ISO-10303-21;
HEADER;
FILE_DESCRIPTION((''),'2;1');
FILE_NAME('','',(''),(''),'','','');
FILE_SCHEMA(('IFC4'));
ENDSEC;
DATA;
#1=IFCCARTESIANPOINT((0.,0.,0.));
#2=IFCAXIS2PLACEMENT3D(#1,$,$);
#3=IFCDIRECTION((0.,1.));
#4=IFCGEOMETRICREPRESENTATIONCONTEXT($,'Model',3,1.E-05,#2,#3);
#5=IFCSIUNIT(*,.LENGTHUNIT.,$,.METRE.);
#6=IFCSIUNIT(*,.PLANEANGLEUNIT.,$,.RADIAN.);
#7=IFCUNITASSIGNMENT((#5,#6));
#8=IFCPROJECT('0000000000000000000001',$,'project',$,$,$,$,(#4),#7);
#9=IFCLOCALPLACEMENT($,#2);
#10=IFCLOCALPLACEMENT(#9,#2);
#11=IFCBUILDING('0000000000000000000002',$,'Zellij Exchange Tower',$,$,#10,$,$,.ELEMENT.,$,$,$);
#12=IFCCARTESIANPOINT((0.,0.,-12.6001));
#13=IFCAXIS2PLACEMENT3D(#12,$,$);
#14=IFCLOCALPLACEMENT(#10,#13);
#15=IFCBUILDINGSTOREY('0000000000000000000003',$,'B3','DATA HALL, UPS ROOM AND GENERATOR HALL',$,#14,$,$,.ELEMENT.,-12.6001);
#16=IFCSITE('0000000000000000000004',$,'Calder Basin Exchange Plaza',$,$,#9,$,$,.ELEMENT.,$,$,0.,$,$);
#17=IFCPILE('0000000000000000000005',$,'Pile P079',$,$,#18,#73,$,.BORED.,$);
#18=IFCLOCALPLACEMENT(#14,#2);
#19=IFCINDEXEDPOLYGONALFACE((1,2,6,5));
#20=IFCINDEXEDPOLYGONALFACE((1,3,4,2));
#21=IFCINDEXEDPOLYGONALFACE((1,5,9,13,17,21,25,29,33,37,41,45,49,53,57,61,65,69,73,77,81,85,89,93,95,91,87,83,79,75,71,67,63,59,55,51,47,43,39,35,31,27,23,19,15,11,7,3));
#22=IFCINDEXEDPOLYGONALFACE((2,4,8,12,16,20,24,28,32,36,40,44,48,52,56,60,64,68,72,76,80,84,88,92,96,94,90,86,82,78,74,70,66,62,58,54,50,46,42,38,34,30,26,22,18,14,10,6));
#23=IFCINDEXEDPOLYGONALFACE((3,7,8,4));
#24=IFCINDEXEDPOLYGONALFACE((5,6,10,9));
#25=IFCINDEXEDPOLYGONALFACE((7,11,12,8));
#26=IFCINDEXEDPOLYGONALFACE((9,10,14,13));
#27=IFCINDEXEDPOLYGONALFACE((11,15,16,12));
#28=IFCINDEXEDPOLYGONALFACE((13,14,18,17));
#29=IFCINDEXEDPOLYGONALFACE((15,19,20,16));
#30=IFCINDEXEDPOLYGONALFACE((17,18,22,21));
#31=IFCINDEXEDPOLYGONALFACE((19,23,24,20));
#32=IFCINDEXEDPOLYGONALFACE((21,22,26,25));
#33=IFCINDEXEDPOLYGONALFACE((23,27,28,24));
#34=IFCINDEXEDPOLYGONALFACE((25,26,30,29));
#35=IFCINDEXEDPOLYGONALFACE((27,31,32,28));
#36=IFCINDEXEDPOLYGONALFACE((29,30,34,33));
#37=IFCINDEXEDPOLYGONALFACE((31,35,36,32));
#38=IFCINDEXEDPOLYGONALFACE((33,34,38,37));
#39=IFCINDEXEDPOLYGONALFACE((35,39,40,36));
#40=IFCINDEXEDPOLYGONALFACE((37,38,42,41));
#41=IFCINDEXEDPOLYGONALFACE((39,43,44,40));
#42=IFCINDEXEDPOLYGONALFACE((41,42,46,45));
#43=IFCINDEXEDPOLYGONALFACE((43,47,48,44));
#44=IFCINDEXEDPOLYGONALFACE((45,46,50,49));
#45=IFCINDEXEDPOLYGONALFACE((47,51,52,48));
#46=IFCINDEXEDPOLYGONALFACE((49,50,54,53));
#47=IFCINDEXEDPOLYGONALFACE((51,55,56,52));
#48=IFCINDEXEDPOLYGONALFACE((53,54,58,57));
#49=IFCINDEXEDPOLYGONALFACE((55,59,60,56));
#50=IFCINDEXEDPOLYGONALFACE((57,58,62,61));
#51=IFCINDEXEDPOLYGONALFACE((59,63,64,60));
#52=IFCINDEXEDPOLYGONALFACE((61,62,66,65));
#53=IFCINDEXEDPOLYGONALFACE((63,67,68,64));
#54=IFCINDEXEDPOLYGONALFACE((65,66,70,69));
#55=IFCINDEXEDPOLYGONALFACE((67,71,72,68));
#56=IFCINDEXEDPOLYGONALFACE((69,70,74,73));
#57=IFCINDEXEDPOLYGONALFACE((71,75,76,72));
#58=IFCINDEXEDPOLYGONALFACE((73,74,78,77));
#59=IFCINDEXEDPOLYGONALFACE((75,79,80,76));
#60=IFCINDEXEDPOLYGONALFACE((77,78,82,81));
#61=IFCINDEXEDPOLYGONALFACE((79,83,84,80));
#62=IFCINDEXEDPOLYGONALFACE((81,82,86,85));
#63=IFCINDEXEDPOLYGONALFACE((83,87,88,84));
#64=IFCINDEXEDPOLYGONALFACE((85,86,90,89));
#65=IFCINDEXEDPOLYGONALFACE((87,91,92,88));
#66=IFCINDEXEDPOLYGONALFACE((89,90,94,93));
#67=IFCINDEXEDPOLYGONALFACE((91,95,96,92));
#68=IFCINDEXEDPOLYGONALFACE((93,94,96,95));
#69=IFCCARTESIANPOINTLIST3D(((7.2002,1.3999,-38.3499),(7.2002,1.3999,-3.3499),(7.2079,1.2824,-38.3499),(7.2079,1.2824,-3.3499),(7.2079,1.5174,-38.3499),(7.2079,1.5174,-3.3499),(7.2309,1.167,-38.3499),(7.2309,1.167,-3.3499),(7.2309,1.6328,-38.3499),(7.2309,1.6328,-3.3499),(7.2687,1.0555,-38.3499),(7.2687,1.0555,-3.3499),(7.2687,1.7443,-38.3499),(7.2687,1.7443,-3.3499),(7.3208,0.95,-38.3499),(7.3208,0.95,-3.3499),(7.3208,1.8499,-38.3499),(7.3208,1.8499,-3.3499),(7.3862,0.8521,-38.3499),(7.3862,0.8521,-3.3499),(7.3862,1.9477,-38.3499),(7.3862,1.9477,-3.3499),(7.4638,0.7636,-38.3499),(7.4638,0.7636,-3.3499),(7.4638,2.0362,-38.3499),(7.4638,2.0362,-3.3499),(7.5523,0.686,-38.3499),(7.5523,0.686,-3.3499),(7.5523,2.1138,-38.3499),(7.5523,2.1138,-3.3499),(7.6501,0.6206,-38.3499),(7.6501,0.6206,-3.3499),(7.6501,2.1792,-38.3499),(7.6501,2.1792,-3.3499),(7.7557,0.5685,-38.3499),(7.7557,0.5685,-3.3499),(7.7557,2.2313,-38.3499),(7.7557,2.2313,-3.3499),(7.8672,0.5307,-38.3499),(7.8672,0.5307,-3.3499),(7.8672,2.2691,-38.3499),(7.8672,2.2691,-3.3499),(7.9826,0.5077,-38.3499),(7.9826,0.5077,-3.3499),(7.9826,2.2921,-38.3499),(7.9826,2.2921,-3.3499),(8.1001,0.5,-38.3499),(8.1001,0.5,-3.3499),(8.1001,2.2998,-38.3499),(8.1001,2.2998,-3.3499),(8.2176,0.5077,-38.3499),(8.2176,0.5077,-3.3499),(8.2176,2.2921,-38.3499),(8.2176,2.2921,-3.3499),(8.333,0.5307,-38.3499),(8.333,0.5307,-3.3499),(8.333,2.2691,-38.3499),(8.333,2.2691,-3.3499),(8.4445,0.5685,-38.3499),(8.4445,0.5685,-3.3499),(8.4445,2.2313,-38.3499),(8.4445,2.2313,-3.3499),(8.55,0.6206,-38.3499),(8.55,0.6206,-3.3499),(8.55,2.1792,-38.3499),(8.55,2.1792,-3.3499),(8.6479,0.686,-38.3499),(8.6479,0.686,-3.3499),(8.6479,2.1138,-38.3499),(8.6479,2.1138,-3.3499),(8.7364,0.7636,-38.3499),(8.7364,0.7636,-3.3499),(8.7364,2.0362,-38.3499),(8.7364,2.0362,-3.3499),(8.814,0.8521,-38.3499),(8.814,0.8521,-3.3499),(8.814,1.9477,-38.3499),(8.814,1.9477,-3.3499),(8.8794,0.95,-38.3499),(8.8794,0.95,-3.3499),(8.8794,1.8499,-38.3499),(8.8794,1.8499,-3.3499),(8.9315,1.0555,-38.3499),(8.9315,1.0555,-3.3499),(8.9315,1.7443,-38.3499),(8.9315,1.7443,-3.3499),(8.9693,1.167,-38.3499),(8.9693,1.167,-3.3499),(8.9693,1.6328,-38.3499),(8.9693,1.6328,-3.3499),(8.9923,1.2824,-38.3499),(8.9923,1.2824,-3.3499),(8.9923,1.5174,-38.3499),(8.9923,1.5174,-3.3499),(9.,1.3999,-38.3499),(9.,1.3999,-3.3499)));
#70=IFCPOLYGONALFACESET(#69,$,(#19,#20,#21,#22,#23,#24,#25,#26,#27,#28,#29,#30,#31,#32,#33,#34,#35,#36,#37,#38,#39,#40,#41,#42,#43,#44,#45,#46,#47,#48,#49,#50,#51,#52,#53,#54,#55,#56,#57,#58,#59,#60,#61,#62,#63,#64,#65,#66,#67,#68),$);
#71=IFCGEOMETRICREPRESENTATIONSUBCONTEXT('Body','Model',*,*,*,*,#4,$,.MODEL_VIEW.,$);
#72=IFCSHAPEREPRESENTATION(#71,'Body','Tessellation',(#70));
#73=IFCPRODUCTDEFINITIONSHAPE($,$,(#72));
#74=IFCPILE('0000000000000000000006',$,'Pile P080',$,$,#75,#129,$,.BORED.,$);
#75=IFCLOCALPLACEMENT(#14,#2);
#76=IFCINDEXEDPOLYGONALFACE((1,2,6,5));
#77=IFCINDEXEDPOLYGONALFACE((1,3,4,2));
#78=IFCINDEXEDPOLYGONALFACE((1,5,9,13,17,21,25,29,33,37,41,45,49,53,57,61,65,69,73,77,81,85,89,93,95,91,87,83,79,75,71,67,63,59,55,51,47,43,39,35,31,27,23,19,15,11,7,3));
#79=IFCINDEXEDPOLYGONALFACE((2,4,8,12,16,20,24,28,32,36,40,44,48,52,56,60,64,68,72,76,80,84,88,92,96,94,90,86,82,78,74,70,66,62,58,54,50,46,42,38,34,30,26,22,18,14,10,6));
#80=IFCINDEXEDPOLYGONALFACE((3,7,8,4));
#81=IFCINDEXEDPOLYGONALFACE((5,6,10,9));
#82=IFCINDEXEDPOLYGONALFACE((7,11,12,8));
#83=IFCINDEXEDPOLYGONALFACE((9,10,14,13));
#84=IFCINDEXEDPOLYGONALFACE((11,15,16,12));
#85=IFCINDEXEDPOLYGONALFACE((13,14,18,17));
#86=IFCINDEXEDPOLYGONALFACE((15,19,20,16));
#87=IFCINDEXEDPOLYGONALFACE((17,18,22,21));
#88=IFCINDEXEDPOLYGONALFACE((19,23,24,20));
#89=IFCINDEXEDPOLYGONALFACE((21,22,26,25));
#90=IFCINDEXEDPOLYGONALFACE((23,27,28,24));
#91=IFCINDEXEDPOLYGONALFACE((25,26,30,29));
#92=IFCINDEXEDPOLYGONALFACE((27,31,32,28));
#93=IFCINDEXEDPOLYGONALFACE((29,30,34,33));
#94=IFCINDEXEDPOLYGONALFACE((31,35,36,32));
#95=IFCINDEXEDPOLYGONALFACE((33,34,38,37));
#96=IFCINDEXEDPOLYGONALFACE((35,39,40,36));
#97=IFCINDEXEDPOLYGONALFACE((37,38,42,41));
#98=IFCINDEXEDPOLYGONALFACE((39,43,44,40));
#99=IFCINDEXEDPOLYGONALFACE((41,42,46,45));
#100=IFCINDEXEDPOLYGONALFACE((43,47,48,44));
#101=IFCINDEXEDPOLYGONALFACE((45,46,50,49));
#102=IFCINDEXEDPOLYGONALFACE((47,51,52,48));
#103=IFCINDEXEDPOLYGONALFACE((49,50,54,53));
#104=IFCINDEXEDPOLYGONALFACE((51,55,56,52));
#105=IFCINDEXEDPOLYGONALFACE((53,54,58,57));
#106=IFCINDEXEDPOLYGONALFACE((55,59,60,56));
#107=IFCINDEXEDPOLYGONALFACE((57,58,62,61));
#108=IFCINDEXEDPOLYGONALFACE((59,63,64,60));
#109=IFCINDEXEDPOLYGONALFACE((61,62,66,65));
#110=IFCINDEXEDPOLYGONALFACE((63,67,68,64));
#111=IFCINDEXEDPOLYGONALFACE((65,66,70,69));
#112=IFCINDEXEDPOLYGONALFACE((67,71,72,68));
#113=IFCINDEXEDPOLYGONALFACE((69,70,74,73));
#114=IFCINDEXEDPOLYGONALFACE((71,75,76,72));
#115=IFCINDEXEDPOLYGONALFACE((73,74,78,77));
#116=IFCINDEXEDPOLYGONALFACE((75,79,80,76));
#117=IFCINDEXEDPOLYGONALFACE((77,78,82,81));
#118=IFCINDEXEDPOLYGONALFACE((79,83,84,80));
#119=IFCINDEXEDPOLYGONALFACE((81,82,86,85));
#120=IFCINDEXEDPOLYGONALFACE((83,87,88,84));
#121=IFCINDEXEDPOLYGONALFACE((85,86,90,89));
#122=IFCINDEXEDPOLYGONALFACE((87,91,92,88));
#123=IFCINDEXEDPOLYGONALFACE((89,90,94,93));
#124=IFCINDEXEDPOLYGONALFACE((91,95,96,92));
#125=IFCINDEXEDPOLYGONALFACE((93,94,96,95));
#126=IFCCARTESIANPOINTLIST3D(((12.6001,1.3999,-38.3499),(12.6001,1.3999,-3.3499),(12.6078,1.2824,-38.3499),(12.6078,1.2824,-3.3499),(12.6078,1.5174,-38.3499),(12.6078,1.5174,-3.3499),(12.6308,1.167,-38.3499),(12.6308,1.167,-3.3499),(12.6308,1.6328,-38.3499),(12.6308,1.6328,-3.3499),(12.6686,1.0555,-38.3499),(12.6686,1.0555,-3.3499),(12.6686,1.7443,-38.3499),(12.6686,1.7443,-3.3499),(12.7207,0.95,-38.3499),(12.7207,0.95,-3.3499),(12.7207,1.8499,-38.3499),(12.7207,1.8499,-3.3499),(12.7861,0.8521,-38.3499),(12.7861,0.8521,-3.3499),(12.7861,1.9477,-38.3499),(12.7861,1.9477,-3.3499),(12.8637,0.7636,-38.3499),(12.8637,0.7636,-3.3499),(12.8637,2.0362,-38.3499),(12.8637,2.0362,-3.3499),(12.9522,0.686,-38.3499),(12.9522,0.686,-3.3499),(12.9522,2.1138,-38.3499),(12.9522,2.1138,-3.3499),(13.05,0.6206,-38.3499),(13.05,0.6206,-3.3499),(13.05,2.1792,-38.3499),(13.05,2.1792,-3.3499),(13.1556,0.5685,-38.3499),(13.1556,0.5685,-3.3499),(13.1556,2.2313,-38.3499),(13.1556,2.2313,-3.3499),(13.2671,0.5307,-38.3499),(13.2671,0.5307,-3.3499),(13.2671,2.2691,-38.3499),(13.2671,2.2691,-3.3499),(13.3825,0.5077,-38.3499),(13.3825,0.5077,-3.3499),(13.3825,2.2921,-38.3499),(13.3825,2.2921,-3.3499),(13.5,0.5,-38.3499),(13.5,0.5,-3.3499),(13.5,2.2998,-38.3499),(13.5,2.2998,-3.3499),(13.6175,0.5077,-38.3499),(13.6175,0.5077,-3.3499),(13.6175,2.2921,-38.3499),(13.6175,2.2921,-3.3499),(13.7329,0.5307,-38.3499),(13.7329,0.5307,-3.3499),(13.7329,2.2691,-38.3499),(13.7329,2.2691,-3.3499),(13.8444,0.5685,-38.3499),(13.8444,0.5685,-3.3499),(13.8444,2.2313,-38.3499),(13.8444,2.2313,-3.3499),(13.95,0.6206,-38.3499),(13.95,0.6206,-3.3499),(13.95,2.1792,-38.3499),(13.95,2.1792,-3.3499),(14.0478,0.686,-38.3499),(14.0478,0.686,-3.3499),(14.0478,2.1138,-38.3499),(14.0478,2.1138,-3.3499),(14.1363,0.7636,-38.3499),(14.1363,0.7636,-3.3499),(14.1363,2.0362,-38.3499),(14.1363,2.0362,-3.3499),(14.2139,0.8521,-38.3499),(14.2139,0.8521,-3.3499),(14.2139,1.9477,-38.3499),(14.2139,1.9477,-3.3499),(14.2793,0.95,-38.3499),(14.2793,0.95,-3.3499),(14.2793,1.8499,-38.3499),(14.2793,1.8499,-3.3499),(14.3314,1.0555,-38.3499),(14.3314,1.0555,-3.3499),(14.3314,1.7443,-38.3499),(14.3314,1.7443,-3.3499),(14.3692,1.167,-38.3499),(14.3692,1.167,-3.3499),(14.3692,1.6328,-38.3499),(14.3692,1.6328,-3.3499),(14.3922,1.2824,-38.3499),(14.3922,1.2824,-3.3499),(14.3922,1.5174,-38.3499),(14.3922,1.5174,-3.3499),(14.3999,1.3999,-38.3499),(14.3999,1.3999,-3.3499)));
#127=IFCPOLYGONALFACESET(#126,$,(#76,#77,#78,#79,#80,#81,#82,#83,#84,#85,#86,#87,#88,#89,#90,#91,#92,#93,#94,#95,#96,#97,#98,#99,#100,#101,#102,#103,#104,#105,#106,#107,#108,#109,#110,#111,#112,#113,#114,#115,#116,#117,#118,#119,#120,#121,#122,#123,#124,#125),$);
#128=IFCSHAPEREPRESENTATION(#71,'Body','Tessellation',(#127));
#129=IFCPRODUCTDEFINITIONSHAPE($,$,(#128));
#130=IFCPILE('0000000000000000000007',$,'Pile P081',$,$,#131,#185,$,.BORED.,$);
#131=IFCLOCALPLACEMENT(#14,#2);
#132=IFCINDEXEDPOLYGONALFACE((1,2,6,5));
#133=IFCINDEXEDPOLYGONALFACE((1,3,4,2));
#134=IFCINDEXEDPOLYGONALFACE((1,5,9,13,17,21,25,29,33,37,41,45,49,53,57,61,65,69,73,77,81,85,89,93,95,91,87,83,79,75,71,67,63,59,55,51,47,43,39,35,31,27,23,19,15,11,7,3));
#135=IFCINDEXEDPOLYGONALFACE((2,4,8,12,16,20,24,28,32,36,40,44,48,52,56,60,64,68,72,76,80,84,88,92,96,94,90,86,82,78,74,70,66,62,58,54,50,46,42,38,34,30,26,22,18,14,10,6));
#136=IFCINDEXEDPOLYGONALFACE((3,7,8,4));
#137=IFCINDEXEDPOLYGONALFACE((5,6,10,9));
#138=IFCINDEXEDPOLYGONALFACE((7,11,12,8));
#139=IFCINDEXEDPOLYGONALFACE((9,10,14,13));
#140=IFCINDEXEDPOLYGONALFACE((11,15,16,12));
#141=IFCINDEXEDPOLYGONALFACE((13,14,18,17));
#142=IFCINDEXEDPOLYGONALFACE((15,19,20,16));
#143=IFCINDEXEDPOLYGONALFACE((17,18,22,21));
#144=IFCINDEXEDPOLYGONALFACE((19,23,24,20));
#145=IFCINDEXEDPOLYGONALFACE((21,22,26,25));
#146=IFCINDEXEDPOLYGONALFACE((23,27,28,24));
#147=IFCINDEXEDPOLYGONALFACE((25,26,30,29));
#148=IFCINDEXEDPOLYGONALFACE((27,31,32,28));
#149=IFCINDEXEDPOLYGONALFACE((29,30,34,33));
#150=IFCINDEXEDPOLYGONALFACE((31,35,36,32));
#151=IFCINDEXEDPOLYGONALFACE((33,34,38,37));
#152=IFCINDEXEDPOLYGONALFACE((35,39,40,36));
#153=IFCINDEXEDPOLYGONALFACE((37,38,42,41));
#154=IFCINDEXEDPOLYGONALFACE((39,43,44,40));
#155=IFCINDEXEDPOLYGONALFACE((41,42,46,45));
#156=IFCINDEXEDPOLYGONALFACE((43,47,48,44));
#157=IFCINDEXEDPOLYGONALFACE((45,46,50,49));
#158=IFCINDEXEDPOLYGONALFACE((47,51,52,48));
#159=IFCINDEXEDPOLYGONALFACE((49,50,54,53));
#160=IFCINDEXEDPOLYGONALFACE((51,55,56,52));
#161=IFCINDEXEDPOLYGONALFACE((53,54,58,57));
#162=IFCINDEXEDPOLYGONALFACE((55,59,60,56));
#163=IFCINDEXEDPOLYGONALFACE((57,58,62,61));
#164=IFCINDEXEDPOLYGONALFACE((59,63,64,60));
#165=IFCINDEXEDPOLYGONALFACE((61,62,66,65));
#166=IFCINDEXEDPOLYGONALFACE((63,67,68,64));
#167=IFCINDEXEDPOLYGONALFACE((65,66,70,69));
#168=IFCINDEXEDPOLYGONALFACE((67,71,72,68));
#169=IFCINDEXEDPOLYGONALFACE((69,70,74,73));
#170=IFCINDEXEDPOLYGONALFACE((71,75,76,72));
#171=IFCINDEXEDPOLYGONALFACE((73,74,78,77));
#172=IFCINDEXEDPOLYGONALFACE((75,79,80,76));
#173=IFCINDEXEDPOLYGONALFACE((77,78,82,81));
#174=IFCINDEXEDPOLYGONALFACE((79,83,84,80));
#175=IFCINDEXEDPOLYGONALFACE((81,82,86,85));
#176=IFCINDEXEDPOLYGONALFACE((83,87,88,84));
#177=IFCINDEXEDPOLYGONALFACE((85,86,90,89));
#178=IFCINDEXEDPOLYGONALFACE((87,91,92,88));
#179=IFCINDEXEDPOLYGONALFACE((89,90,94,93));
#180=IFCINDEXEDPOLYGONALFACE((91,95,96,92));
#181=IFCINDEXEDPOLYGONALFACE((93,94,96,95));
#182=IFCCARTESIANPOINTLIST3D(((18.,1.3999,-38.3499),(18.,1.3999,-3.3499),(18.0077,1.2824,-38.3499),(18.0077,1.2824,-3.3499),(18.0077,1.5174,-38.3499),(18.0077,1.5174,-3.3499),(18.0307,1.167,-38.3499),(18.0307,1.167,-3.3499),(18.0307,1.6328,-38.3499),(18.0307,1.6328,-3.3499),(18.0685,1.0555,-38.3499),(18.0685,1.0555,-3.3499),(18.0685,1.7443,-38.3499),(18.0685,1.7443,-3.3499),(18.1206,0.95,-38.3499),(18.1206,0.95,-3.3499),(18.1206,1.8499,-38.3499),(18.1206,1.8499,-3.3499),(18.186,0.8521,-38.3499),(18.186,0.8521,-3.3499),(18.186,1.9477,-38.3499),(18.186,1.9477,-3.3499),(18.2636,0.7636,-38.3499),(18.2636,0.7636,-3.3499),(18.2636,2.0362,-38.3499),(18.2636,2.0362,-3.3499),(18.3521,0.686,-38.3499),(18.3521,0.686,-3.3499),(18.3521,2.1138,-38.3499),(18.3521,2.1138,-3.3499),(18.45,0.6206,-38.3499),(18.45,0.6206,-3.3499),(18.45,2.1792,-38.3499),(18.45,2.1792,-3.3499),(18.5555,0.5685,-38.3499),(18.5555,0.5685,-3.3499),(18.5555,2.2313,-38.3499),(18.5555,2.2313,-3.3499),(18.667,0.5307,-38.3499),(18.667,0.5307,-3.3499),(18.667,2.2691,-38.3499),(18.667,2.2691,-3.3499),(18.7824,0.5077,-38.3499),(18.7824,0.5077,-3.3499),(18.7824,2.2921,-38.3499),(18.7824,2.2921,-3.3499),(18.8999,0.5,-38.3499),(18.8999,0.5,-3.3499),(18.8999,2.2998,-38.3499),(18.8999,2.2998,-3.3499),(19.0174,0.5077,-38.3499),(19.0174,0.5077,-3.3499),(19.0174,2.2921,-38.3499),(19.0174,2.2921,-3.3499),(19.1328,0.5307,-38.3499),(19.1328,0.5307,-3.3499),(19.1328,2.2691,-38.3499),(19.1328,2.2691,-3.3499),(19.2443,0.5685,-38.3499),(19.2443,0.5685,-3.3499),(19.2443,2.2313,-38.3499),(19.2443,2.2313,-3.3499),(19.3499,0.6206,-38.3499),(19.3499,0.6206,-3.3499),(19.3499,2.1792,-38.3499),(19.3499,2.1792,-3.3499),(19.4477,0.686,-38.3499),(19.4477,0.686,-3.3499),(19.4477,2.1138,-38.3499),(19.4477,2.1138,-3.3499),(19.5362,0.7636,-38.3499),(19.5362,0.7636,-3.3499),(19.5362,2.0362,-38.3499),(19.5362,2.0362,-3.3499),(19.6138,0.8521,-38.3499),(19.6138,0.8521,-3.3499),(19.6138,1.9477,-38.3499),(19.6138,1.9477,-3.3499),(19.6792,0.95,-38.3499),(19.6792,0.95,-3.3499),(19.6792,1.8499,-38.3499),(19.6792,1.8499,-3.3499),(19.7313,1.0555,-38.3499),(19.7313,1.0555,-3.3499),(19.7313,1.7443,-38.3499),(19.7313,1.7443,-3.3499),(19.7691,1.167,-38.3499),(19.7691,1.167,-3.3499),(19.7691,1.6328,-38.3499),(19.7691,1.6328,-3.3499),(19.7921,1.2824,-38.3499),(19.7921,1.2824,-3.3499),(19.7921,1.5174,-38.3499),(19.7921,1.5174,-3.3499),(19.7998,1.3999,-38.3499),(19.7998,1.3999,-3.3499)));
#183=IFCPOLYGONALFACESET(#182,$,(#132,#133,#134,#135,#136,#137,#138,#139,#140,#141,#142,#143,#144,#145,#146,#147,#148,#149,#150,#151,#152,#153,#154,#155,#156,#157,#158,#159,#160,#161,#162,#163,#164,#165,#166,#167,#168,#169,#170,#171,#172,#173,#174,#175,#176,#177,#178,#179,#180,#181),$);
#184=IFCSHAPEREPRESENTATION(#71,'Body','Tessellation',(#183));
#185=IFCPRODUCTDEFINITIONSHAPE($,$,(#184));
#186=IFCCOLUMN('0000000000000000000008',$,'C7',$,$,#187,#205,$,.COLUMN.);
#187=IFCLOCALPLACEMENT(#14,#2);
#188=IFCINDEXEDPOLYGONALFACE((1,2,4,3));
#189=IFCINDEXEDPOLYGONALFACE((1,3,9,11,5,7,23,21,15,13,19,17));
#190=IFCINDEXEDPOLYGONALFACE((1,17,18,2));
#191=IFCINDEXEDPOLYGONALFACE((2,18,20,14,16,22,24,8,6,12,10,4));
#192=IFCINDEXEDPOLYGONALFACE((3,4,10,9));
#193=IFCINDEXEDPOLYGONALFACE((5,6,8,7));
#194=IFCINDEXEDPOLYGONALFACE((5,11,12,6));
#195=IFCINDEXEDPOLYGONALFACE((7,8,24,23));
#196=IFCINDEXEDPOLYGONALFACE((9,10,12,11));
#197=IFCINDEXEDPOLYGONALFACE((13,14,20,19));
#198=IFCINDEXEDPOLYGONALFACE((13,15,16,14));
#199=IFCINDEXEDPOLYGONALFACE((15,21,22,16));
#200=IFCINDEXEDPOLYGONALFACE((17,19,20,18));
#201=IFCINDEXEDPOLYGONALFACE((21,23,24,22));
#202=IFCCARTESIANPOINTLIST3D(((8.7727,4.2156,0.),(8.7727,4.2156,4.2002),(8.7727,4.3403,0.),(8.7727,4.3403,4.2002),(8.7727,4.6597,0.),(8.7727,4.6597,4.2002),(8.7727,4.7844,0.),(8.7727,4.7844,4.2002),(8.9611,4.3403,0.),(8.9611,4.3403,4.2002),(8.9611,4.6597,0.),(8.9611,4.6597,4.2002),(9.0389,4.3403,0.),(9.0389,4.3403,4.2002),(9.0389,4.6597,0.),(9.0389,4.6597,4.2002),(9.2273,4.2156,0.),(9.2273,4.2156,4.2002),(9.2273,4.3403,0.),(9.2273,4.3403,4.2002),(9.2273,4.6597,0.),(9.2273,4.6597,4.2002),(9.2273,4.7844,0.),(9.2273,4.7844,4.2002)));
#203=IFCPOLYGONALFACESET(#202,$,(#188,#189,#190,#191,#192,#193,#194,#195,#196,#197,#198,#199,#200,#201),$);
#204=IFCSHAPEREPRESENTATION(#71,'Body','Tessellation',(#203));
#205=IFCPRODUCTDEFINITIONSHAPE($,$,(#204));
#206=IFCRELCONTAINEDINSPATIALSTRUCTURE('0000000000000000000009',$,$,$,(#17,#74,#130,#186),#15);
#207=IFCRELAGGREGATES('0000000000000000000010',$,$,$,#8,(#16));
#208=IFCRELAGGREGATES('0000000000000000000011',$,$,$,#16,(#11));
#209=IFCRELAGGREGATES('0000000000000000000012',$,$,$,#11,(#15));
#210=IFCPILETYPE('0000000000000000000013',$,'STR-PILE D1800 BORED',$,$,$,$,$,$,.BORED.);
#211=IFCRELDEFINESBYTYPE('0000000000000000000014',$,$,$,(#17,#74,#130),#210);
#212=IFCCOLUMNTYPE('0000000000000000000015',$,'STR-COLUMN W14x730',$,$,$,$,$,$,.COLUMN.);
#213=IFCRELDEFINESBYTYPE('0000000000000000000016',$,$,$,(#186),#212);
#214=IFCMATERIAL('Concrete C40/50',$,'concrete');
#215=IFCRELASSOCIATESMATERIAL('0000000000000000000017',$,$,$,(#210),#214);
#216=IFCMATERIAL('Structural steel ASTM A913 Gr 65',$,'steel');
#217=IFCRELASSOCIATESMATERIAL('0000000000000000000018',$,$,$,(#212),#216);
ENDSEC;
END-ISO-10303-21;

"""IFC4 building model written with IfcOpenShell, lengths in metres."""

from ifc_helpers import new_model, si_unit, direction, frame, origin, origin_2d, place, context, subcontext, project, spatial, circle, i_section, extrude, material, material_profile, profile_set, type_object, element, save


model = new_model("IFC4")

# Units and contexts
model_context = context("Model", 3, precision=1e-05, world=origin(), true_north=direction((0.0, 1.0)))
body_context = subcontext(model_context, "Body", "Model", "MODEL_VIEW")
ifc_project = project(units=[si_unit("LENGTHUNIT", "METRE"), si_unit("PLANEANGLEUNIT", "RADIAN")], contexts=[model_context])

# Site, building, storey
site_placement = place(None, origin())
site = spatial("IfcSite", under=ifc_project, at=site_placement, Name="Calder Basin Exchange Plaza", CompositionType="ELEMENT", RefElevation=0.0)
building_placement = place(site_placement, origin())
building = spatial("IfcBuilding", under=site, at=building_placement, Name="Zellij Exchange Tower", CompositionType="ELEMENT")
storey_placement = place(building_placement, frame((0.0, 0.0, -12.6001)))
storey = spatial("IfcBuildingStorey", under=building, at=storey_placement, Name="B3", Description="DATA HALL, UPS ROOM AND GENERATOR HALL", CompositionType="ELEMENT", Elevation=-12.6001)

# Piles
ifc_material_1 = material(Name="Concrete C40/50", Category="concrete")
ifc_material_profile_1 = material_profile(ifc_material_1, circle(Radius=0.8999, at=origin_2d()), Name="STR-PILE D1800 BORED")
ifc_profile_set_1 = profile_set([ifc_material_profile_1], Name="Concrete C40/50")
pile_type = type_object("IfcPileType", Name="STR-PILE D1800 BORED", PredefinedType="BORED", material=ifc_profile_set_1)
for number, where, z_axis, x_axis, name in (
    (1, (8.1001, 1.3999, -3.3499), (0.0, 0.0, -1.0), (1.0, 0.0, 0.0), "Pile P079"),
    (2, (13.5, 1.3999, -3.3499), (0.0, 0.0, -1.0), (1.0, 0.0, 0.0), "Pile P080"),
    (3, (18.8999, 1.3999, -3.3499), (0.0, 0.0, -1.0), (1.0, 0.0, 0.0), "Pile P081"),
):
    element("IfcPile", number, at=place(storey_placement, frame(where, z_axis=z_axis, x_axis=x_axis)), inside=storey, type_object=pile_type, Name=name, PredefinedType="BORED", context=body_context, shape_type="SweptSolid", body=[
        extrude(circle(Radius=0.8999, at=origin_2d()), origin(), (0.0, 0.0, 1.0), 35.0),
    ])

# Column
ifc_material_2 = material(Name="Structural steel ASTM A913 Gr 65", Category="steel")
ifc_material_profile_2 = material_profile(ifc_material_2, i_section(OverallWidth=0.4546, OverallDepth=0.5688, WebThickness=0.0779, FlangeThickness=0.1248, at=origin_2d()), Name="W14x730")
ifc_profile_set_2 = profile_set([ifc_material_profile_2], Name="Structural steel ASTM A913 Gr 65")
column_type = type_object("IfcColumnType", Name="STR-COLUMN W14x730", PredefinedType="COLUMN", material=ifc_profile_set_2)
for number, where, z_axis, x_axis, name in (
    (4, (9.0, 4.5, 0.0), (0.0, 0.0, 1.0), (1.0, 0.0, 0.0), "C7"),
):
    element("IfcColumn", number, at=place(storey_placement, frame(where, z_axis=z_axis, x_axis=x_axis)), inside=storey, type_object=column_type, Name=name, PredefinedType="COLUMN", context=body_context, shape_type="SweptSolid", body=[
        extrude(i_section(OverallWidth=0.4546, OverallDepth=0.5688, WebThickness=0.0779, FlangeThickness=0.1248, at=origin_2d()), origin(), (0.0, 0.0, 1.0), 4.2002),
    ])

save(model, "model.ifc")
